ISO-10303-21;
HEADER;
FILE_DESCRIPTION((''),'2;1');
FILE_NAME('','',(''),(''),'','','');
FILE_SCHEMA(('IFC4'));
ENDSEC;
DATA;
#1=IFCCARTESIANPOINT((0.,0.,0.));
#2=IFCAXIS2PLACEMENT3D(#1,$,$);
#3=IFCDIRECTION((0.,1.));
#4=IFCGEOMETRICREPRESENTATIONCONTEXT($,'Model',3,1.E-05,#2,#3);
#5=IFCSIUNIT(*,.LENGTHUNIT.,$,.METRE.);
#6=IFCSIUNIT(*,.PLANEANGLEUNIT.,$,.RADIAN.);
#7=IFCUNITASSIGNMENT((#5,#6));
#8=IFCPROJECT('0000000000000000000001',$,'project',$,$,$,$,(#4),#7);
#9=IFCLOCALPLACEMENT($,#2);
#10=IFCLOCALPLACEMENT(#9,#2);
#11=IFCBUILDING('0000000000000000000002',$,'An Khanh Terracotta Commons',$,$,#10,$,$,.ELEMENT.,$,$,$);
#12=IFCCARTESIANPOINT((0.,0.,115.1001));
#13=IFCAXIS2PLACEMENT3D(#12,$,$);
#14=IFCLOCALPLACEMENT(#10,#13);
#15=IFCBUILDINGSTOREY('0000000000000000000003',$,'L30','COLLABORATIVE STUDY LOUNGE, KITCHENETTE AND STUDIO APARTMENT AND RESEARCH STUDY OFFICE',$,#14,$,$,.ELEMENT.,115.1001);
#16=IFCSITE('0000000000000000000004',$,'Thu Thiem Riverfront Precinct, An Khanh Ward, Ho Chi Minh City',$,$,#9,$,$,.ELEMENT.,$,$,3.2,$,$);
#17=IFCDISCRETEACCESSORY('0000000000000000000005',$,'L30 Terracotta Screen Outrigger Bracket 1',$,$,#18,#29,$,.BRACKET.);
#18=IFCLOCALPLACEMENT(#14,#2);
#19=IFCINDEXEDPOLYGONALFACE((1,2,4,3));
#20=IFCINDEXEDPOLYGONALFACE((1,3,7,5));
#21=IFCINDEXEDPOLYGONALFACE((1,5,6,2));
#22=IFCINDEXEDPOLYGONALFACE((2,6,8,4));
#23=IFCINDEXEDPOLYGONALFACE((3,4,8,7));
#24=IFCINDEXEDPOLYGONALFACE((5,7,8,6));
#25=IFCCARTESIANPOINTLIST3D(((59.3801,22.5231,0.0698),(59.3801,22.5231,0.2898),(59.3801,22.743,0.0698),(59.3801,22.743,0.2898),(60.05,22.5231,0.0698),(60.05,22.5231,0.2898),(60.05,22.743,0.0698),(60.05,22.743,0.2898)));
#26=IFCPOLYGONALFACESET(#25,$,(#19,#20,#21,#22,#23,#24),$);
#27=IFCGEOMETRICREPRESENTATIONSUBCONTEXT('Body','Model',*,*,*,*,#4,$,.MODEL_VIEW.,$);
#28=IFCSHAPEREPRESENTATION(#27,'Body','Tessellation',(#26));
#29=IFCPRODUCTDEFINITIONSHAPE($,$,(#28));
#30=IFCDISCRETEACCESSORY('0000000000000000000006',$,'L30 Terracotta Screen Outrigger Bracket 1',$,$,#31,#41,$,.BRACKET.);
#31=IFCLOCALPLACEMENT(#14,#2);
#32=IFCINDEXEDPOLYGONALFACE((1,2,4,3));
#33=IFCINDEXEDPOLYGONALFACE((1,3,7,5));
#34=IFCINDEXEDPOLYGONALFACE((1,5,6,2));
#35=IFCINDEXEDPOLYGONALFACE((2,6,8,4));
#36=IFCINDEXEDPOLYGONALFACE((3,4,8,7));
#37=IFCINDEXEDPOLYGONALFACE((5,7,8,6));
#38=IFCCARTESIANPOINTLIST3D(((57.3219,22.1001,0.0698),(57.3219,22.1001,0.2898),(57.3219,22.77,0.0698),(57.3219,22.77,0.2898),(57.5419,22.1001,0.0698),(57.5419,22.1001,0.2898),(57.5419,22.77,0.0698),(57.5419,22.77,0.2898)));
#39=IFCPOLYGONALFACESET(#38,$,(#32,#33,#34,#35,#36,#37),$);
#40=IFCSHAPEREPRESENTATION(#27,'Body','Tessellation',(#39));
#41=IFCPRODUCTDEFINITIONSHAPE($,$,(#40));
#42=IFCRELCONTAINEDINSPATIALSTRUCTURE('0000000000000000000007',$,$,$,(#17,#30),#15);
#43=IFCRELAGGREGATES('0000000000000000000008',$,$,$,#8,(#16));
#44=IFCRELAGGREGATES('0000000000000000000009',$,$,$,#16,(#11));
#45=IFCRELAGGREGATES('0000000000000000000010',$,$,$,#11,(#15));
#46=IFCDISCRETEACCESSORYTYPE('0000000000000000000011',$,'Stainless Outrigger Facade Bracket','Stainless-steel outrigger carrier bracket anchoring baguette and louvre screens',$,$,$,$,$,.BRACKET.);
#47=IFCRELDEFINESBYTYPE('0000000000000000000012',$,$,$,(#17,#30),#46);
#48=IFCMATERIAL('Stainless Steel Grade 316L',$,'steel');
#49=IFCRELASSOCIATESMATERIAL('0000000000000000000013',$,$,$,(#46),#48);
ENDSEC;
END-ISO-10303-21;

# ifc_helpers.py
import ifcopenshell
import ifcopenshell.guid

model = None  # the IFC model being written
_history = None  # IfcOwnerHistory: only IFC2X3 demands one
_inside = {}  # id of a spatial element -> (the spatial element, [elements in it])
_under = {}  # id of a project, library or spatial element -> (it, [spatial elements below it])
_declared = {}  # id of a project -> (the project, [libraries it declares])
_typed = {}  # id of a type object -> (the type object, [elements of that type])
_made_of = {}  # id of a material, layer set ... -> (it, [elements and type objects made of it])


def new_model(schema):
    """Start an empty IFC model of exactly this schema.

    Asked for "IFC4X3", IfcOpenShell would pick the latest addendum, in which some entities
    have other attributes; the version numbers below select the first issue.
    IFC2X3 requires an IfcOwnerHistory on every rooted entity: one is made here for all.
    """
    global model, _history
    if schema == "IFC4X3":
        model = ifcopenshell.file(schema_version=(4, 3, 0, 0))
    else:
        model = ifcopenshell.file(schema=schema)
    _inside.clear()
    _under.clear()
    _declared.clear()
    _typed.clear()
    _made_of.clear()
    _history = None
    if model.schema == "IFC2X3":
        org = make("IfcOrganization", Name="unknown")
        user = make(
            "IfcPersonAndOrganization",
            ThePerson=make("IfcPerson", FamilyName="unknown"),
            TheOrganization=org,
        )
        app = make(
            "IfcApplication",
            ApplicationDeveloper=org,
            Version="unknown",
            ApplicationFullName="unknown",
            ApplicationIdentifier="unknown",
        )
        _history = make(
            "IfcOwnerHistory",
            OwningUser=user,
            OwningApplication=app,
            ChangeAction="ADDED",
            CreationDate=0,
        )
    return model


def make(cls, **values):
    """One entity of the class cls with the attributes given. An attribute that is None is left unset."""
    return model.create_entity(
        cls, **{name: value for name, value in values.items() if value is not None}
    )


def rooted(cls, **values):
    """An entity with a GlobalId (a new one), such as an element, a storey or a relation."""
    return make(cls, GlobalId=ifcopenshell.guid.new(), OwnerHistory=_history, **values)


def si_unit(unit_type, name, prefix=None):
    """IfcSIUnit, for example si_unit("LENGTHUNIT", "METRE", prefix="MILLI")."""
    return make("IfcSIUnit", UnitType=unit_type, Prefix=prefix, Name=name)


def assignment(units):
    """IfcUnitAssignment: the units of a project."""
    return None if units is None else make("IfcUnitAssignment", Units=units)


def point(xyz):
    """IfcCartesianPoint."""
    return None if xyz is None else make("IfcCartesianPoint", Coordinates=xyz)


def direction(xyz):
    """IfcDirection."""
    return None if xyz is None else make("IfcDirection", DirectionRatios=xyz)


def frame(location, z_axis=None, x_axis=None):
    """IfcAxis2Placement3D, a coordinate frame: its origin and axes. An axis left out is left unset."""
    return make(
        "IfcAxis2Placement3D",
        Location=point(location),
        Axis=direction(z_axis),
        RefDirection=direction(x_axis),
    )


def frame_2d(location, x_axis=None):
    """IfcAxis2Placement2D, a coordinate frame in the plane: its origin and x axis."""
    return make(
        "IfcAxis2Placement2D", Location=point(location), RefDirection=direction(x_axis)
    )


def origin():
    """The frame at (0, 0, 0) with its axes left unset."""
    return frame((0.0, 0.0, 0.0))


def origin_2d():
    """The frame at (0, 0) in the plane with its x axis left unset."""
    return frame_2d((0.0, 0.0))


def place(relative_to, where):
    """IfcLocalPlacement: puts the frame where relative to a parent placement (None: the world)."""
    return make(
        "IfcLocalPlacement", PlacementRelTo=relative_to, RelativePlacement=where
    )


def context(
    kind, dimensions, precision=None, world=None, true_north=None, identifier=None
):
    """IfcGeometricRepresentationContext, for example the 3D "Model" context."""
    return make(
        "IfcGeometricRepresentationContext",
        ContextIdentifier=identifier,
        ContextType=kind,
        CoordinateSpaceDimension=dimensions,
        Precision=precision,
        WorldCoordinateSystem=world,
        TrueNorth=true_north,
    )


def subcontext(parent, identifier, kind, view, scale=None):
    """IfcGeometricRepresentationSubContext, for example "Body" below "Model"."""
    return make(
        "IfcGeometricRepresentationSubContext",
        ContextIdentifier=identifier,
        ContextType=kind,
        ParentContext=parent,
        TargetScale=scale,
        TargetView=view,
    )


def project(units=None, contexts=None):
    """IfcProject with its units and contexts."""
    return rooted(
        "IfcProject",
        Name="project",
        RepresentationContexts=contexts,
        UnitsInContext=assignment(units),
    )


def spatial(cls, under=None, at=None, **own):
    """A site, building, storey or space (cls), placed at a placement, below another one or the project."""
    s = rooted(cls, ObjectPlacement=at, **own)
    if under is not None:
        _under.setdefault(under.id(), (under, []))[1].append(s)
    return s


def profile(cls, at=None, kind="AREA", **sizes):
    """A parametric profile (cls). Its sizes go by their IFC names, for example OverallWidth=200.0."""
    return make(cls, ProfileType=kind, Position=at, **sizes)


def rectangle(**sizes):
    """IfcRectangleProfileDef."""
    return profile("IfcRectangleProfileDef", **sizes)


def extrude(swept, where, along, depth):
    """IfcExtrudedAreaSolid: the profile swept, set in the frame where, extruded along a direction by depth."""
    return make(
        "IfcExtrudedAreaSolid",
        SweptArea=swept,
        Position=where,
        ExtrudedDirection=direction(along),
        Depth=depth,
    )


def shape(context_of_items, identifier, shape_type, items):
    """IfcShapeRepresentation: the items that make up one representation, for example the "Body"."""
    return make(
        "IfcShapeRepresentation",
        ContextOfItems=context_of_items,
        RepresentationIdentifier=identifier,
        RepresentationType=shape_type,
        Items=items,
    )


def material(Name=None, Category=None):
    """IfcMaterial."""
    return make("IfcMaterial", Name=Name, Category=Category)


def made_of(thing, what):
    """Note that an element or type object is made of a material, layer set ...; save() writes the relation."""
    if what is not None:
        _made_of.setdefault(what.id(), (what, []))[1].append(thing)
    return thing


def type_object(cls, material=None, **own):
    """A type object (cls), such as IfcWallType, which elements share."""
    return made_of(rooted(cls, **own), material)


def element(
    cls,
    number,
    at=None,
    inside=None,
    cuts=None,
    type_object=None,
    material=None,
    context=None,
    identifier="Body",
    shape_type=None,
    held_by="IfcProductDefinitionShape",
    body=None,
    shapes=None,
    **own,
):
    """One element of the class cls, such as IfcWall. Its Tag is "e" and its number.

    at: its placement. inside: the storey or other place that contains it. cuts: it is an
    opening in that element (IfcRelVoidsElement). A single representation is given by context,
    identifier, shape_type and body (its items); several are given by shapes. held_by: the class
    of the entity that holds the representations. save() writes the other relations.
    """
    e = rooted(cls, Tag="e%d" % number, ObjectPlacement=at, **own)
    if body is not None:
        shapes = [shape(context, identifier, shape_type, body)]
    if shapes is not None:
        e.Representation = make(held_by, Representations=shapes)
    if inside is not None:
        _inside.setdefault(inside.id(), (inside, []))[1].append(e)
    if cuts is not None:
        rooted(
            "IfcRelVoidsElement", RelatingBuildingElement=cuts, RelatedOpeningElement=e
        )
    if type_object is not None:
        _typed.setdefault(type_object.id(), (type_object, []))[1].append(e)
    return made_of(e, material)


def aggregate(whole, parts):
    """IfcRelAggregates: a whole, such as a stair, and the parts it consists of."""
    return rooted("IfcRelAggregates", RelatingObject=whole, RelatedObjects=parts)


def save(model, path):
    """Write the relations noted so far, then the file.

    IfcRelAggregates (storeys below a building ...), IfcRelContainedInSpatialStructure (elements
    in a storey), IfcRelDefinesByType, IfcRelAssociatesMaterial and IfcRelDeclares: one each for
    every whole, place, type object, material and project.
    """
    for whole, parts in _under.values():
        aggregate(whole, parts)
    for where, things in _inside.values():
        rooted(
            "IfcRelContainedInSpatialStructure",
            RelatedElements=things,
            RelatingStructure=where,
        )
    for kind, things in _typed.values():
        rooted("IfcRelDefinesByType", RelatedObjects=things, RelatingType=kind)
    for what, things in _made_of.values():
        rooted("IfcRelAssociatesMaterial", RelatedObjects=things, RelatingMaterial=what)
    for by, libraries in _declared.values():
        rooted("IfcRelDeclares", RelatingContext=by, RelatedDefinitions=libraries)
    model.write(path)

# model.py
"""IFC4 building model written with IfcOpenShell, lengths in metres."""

from ifc_helpers import new_model, si_unit, direction, frame, origin, origin_2d, place, context, subcontext, project, spatial, rectangle, extrude, material, type_object, element, save


model = new_model("IFC4")

# Units and contexts
model_context = context("Model", 3, precision=1e-05, world=origin(), true_north=direction((0.0, 1.0)))
body_context = subcontext(model_context, "Body", "Model", "MODEL_VIEW")
ifc_project = project(units=[si_unit("LENGTHUNIT", "METRE"), si_unit("PLANEANGLEUNIT", "RADIAN")], contexts=[model_context])

# Site, building, storey
site_placement = place(None, origin())
site = spatial("IfcSite", under=ifc_project, at=site_placement, Name="Thu Thiem Riverfront Precinct, An Khanh Ward, Ho Chi Minh City", CompositionType="ELEMENT", RefElevation=3.2)
building_placement = place(site_placement, origin())
building = spatial("IfcBuilding", under=site, at=building_placement, Name="An Khanh Terracotta Commons", CompositionType="ELEMENT")
storey_placement = place(building_placement, frame((0.0, 0.0, 115.1001)))
storey = spatial("IfcBuildingStorey", under=building, at=storey_placement, Name="L30", Description="COLLABORATIVE STUDY LOUNGE, KITCHENETTE AND STUDIO APARTMENT AND RESEARCH STUDY OFFICE", CompositionType="ELEMENT", Elevation=115.1001)

# Discrete accessories
ifc_material_1 = material(Name="Stainless Steel Grade 316L", Category="steel")
discrete_accessory_type = type_object("IfcDiscreteAccessoryType", Name="Stainless Outrigger Facade Bracket", Description="Stainless-steel outrigger carrier bracket anchoring baguette and louvre screens", PredefinedType="BRACKET", material=ifc_material_1)
for number, where, z_axis, x_axis, name in (
    (1, (59.7151, 22.6331, 0.0698), (0.0, 0.0, 1.0), (0.0, 1.0, 0.0), "L30 Terracotta Screen Outrigger Bracket 1"),
    (2, (57.4319, 22.4351, 0.0698), (0.0, 0.0, 1.0), (1.0, 0.0, 0.0), "L30 Terracotta Screen Outrigger Bracket 1"),
):
    element("IfcDiscreteAccessory", number, at=place(storey_placement, frame(where, z_axis=z_axis, x_axis=x_axis)), inside=storey, type_object=discrete_accessory_type, Name=name, PredefinedType="BRACKET", context=body_context, shape_type="SweptSolid", body=[
        extrude(rectangle(XDim=0.22, YDim=0.6699, at=origin_2d()), origin(), (0.0, 0.0, 1.0), 0.22),
    ])

save(model, "model.ifc")
